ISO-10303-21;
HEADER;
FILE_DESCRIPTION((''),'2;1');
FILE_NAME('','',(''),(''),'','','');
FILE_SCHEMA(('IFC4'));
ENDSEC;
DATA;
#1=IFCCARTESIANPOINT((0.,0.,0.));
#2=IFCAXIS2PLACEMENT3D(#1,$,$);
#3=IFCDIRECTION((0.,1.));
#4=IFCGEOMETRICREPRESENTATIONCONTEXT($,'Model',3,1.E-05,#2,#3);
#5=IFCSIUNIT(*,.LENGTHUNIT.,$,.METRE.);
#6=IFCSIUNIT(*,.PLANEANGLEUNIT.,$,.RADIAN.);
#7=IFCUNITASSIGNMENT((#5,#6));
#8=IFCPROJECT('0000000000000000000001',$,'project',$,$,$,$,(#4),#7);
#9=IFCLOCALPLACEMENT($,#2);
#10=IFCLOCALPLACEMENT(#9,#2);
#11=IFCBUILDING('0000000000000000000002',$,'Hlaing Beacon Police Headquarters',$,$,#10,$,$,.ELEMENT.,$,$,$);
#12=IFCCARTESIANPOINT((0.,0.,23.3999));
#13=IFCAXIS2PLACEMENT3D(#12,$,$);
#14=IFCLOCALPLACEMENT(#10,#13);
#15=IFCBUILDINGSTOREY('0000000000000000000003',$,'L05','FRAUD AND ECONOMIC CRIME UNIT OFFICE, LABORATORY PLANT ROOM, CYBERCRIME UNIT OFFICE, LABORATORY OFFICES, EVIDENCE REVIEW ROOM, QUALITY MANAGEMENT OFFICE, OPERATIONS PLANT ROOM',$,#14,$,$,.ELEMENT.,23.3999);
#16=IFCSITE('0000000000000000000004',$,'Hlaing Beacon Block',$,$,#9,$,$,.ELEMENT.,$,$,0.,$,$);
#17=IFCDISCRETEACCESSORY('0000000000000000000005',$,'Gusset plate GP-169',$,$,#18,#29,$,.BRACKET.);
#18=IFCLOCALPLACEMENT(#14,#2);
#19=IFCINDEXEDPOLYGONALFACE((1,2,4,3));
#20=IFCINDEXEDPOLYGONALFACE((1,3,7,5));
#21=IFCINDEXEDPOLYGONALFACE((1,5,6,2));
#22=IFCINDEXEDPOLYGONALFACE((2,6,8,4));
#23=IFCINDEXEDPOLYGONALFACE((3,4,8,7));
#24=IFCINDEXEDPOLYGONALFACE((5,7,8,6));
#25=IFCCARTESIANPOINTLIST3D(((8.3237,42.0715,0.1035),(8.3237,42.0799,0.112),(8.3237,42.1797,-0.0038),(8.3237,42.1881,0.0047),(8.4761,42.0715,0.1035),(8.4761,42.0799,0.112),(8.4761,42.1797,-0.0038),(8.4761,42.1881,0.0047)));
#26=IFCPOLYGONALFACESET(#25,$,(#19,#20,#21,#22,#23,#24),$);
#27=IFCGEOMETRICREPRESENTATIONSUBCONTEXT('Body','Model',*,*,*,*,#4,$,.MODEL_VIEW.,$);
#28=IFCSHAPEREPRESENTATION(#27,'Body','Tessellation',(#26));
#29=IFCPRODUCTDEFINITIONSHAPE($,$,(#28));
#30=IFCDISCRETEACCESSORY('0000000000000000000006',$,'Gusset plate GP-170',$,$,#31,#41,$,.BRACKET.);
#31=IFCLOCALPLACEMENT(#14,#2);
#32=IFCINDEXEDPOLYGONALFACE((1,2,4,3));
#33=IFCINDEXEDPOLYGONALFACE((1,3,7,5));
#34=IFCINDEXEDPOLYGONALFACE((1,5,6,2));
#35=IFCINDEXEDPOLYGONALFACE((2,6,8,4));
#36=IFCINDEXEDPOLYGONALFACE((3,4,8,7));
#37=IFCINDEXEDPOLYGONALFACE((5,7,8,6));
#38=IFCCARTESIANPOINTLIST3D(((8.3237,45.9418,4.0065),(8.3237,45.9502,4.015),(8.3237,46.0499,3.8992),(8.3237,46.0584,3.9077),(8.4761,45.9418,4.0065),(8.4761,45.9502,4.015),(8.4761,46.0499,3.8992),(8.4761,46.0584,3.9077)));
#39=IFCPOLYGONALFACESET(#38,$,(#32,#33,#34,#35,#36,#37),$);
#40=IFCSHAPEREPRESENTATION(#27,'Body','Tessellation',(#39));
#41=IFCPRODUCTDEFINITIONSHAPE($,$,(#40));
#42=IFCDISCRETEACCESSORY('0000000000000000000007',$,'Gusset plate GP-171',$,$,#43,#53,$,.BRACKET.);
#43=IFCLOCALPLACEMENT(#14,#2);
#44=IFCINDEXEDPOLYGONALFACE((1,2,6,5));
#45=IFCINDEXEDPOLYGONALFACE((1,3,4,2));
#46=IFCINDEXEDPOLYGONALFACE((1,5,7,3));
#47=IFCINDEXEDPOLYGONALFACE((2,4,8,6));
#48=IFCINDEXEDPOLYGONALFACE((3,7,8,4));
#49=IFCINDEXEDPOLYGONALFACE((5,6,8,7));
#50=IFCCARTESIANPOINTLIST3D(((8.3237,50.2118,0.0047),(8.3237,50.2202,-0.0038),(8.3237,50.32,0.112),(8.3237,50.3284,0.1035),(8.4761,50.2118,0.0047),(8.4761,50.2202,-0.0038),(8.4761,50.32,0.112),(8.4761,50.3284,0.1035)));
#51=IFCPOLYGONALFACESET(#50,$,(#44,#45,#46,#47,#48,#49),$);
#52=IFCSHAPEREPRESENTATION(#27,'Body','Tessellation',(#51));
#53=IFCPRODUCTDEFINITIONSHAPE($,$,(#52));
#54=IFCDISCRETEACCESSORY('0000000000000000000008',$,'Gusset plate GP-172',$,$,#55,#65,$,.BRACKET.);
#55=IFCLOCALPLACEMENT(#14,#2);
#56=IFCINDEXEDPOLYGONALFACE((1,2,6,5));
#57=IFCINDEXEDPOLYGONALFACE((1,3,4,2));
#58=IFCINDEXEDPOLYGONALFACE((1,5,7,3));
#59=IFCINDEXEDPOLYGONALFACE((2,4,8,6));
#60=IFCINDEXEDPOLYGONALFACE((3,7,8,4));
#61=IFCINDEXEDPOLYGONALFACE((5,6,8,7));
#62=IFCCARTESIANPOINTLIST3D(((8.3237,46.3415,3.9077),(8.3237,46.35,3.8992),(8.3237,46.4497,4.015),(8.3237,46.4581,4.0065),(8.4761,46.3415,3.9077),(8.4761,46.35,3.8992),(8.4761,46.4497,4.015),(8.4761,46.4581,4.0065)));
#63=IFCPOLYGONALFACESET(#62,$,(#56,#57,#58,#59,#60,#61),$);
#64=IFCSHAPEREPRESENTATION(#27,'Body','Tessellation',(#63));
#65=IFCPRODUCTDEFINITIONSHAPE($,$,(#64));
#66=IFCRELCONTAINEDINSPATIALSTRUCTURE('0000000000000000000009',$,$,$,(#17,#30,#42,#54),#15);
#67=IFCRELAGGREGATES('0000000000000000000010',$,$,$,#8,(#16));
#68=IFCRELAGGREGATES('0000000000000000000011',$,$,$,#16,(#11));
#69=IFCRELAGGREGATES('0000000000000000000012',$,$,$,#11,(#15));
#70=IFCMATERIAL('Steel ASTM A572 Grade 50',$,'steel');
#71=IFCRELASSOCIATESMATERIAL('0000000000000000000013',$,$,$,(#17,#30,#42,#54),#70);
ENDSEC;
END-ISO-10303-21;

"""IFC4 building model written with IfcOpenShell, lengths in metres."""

from ifc_helpers import new_model, si_unit, direction, frame, origin, origin_2d, place, context, subcontext, project, spatial, rectangle, extrude, material, element, save


model = new_model("IFC4")

# Units and contexts
model_context = context("Model", 3, precision=1e-05, world=origin(), true_north=direction((0.0, 1.0)))
body_context = subcontext(model_context, "Body", "Model", "MODEL_VIEW")
ifc_project = project(units=[si_unit("LENGTHUNIT", "METRE"), si_unit("PLANEANGLEUNIT", "RADIAN")], contexts=[model_context])

# Site, building, storey
site_placement = place(None, origin())
site = spatial("IfcSite", under=ifc_project, at=site_placement, Name="Hlaing Beacon Block", CompositionType="ELEMENT", RefElevation=0.0)
building_placement = place(site_placement, origin())
building = spatial("IfcBuilding", under=site, at=building_placement, Name="Hlaing Beacon Police Headquarters", CompositionType="ELEMENT")
storey_placement = place(building_placement, frame((0.0, 0.0, 23.3999)))
storey = spatial("IfcBuildingStorey", under=building, at=storey_placement, Name="L05", Description="FRAUD AND ECONOMIC CRIME UNIT OFFICE, LABORATORY PLANT ROOM, CYBERCRIME UNIT OFFICE, LABORATORY OFFICES, EVIDENCE REVIEW ROOM, QUALITY MANAGEMENT OFFICE, OPERATIONS PLANT ROOM", CompositionType="ELEMENT", Elevation=23.3999)

# Discrete accessories
ifc_material_1 = material(Name="Steel ASTM A572 Grade 50", Category="steel")
for number, where, z_axis, x_axis, name in (
    (1, (8.3999, 42.134, 0.0583), (0.0, -0.704124, -0.710077), (1.0, 0.0, 0.0), "Gusset plate GP-169"),
    (2, (8.3999, 45.9958, 3.9529), (0.0, 0.704124, 0.710077), (-1.0, 0.0, 0.0), "Gusset plate GP-170"),
    (3, (8.3999, 50.2659, 0.0583), (0.0, 0.704124, -0.710077), (-1.0, 0.0, 0.0), "Gusset plate GP-171"),
    (4, (8.3999, 46.4041, 3.9529), (0.0, -0.704124, 0.710077), (1.0, 0.0, 0.0), "Gusset plate GP-172"),
):
    element("IfcDiscreteAccessory", number, at=place(storey_placement, frame(where, z_axis=z_axis, x_axis=x_axis)), inside=storey, material=ifc_material_1, Name=name, PredefinedType="BRACKET", context=body_context, shape_type="SweptSolid", body=[
        extrude(rectangle(XDim=0.1523, YDim=0.1523, at=origin_2d()), origin(), (0.0, 0.0, 1.0), 0.012),
    ])

save(model, "model.ifc")
